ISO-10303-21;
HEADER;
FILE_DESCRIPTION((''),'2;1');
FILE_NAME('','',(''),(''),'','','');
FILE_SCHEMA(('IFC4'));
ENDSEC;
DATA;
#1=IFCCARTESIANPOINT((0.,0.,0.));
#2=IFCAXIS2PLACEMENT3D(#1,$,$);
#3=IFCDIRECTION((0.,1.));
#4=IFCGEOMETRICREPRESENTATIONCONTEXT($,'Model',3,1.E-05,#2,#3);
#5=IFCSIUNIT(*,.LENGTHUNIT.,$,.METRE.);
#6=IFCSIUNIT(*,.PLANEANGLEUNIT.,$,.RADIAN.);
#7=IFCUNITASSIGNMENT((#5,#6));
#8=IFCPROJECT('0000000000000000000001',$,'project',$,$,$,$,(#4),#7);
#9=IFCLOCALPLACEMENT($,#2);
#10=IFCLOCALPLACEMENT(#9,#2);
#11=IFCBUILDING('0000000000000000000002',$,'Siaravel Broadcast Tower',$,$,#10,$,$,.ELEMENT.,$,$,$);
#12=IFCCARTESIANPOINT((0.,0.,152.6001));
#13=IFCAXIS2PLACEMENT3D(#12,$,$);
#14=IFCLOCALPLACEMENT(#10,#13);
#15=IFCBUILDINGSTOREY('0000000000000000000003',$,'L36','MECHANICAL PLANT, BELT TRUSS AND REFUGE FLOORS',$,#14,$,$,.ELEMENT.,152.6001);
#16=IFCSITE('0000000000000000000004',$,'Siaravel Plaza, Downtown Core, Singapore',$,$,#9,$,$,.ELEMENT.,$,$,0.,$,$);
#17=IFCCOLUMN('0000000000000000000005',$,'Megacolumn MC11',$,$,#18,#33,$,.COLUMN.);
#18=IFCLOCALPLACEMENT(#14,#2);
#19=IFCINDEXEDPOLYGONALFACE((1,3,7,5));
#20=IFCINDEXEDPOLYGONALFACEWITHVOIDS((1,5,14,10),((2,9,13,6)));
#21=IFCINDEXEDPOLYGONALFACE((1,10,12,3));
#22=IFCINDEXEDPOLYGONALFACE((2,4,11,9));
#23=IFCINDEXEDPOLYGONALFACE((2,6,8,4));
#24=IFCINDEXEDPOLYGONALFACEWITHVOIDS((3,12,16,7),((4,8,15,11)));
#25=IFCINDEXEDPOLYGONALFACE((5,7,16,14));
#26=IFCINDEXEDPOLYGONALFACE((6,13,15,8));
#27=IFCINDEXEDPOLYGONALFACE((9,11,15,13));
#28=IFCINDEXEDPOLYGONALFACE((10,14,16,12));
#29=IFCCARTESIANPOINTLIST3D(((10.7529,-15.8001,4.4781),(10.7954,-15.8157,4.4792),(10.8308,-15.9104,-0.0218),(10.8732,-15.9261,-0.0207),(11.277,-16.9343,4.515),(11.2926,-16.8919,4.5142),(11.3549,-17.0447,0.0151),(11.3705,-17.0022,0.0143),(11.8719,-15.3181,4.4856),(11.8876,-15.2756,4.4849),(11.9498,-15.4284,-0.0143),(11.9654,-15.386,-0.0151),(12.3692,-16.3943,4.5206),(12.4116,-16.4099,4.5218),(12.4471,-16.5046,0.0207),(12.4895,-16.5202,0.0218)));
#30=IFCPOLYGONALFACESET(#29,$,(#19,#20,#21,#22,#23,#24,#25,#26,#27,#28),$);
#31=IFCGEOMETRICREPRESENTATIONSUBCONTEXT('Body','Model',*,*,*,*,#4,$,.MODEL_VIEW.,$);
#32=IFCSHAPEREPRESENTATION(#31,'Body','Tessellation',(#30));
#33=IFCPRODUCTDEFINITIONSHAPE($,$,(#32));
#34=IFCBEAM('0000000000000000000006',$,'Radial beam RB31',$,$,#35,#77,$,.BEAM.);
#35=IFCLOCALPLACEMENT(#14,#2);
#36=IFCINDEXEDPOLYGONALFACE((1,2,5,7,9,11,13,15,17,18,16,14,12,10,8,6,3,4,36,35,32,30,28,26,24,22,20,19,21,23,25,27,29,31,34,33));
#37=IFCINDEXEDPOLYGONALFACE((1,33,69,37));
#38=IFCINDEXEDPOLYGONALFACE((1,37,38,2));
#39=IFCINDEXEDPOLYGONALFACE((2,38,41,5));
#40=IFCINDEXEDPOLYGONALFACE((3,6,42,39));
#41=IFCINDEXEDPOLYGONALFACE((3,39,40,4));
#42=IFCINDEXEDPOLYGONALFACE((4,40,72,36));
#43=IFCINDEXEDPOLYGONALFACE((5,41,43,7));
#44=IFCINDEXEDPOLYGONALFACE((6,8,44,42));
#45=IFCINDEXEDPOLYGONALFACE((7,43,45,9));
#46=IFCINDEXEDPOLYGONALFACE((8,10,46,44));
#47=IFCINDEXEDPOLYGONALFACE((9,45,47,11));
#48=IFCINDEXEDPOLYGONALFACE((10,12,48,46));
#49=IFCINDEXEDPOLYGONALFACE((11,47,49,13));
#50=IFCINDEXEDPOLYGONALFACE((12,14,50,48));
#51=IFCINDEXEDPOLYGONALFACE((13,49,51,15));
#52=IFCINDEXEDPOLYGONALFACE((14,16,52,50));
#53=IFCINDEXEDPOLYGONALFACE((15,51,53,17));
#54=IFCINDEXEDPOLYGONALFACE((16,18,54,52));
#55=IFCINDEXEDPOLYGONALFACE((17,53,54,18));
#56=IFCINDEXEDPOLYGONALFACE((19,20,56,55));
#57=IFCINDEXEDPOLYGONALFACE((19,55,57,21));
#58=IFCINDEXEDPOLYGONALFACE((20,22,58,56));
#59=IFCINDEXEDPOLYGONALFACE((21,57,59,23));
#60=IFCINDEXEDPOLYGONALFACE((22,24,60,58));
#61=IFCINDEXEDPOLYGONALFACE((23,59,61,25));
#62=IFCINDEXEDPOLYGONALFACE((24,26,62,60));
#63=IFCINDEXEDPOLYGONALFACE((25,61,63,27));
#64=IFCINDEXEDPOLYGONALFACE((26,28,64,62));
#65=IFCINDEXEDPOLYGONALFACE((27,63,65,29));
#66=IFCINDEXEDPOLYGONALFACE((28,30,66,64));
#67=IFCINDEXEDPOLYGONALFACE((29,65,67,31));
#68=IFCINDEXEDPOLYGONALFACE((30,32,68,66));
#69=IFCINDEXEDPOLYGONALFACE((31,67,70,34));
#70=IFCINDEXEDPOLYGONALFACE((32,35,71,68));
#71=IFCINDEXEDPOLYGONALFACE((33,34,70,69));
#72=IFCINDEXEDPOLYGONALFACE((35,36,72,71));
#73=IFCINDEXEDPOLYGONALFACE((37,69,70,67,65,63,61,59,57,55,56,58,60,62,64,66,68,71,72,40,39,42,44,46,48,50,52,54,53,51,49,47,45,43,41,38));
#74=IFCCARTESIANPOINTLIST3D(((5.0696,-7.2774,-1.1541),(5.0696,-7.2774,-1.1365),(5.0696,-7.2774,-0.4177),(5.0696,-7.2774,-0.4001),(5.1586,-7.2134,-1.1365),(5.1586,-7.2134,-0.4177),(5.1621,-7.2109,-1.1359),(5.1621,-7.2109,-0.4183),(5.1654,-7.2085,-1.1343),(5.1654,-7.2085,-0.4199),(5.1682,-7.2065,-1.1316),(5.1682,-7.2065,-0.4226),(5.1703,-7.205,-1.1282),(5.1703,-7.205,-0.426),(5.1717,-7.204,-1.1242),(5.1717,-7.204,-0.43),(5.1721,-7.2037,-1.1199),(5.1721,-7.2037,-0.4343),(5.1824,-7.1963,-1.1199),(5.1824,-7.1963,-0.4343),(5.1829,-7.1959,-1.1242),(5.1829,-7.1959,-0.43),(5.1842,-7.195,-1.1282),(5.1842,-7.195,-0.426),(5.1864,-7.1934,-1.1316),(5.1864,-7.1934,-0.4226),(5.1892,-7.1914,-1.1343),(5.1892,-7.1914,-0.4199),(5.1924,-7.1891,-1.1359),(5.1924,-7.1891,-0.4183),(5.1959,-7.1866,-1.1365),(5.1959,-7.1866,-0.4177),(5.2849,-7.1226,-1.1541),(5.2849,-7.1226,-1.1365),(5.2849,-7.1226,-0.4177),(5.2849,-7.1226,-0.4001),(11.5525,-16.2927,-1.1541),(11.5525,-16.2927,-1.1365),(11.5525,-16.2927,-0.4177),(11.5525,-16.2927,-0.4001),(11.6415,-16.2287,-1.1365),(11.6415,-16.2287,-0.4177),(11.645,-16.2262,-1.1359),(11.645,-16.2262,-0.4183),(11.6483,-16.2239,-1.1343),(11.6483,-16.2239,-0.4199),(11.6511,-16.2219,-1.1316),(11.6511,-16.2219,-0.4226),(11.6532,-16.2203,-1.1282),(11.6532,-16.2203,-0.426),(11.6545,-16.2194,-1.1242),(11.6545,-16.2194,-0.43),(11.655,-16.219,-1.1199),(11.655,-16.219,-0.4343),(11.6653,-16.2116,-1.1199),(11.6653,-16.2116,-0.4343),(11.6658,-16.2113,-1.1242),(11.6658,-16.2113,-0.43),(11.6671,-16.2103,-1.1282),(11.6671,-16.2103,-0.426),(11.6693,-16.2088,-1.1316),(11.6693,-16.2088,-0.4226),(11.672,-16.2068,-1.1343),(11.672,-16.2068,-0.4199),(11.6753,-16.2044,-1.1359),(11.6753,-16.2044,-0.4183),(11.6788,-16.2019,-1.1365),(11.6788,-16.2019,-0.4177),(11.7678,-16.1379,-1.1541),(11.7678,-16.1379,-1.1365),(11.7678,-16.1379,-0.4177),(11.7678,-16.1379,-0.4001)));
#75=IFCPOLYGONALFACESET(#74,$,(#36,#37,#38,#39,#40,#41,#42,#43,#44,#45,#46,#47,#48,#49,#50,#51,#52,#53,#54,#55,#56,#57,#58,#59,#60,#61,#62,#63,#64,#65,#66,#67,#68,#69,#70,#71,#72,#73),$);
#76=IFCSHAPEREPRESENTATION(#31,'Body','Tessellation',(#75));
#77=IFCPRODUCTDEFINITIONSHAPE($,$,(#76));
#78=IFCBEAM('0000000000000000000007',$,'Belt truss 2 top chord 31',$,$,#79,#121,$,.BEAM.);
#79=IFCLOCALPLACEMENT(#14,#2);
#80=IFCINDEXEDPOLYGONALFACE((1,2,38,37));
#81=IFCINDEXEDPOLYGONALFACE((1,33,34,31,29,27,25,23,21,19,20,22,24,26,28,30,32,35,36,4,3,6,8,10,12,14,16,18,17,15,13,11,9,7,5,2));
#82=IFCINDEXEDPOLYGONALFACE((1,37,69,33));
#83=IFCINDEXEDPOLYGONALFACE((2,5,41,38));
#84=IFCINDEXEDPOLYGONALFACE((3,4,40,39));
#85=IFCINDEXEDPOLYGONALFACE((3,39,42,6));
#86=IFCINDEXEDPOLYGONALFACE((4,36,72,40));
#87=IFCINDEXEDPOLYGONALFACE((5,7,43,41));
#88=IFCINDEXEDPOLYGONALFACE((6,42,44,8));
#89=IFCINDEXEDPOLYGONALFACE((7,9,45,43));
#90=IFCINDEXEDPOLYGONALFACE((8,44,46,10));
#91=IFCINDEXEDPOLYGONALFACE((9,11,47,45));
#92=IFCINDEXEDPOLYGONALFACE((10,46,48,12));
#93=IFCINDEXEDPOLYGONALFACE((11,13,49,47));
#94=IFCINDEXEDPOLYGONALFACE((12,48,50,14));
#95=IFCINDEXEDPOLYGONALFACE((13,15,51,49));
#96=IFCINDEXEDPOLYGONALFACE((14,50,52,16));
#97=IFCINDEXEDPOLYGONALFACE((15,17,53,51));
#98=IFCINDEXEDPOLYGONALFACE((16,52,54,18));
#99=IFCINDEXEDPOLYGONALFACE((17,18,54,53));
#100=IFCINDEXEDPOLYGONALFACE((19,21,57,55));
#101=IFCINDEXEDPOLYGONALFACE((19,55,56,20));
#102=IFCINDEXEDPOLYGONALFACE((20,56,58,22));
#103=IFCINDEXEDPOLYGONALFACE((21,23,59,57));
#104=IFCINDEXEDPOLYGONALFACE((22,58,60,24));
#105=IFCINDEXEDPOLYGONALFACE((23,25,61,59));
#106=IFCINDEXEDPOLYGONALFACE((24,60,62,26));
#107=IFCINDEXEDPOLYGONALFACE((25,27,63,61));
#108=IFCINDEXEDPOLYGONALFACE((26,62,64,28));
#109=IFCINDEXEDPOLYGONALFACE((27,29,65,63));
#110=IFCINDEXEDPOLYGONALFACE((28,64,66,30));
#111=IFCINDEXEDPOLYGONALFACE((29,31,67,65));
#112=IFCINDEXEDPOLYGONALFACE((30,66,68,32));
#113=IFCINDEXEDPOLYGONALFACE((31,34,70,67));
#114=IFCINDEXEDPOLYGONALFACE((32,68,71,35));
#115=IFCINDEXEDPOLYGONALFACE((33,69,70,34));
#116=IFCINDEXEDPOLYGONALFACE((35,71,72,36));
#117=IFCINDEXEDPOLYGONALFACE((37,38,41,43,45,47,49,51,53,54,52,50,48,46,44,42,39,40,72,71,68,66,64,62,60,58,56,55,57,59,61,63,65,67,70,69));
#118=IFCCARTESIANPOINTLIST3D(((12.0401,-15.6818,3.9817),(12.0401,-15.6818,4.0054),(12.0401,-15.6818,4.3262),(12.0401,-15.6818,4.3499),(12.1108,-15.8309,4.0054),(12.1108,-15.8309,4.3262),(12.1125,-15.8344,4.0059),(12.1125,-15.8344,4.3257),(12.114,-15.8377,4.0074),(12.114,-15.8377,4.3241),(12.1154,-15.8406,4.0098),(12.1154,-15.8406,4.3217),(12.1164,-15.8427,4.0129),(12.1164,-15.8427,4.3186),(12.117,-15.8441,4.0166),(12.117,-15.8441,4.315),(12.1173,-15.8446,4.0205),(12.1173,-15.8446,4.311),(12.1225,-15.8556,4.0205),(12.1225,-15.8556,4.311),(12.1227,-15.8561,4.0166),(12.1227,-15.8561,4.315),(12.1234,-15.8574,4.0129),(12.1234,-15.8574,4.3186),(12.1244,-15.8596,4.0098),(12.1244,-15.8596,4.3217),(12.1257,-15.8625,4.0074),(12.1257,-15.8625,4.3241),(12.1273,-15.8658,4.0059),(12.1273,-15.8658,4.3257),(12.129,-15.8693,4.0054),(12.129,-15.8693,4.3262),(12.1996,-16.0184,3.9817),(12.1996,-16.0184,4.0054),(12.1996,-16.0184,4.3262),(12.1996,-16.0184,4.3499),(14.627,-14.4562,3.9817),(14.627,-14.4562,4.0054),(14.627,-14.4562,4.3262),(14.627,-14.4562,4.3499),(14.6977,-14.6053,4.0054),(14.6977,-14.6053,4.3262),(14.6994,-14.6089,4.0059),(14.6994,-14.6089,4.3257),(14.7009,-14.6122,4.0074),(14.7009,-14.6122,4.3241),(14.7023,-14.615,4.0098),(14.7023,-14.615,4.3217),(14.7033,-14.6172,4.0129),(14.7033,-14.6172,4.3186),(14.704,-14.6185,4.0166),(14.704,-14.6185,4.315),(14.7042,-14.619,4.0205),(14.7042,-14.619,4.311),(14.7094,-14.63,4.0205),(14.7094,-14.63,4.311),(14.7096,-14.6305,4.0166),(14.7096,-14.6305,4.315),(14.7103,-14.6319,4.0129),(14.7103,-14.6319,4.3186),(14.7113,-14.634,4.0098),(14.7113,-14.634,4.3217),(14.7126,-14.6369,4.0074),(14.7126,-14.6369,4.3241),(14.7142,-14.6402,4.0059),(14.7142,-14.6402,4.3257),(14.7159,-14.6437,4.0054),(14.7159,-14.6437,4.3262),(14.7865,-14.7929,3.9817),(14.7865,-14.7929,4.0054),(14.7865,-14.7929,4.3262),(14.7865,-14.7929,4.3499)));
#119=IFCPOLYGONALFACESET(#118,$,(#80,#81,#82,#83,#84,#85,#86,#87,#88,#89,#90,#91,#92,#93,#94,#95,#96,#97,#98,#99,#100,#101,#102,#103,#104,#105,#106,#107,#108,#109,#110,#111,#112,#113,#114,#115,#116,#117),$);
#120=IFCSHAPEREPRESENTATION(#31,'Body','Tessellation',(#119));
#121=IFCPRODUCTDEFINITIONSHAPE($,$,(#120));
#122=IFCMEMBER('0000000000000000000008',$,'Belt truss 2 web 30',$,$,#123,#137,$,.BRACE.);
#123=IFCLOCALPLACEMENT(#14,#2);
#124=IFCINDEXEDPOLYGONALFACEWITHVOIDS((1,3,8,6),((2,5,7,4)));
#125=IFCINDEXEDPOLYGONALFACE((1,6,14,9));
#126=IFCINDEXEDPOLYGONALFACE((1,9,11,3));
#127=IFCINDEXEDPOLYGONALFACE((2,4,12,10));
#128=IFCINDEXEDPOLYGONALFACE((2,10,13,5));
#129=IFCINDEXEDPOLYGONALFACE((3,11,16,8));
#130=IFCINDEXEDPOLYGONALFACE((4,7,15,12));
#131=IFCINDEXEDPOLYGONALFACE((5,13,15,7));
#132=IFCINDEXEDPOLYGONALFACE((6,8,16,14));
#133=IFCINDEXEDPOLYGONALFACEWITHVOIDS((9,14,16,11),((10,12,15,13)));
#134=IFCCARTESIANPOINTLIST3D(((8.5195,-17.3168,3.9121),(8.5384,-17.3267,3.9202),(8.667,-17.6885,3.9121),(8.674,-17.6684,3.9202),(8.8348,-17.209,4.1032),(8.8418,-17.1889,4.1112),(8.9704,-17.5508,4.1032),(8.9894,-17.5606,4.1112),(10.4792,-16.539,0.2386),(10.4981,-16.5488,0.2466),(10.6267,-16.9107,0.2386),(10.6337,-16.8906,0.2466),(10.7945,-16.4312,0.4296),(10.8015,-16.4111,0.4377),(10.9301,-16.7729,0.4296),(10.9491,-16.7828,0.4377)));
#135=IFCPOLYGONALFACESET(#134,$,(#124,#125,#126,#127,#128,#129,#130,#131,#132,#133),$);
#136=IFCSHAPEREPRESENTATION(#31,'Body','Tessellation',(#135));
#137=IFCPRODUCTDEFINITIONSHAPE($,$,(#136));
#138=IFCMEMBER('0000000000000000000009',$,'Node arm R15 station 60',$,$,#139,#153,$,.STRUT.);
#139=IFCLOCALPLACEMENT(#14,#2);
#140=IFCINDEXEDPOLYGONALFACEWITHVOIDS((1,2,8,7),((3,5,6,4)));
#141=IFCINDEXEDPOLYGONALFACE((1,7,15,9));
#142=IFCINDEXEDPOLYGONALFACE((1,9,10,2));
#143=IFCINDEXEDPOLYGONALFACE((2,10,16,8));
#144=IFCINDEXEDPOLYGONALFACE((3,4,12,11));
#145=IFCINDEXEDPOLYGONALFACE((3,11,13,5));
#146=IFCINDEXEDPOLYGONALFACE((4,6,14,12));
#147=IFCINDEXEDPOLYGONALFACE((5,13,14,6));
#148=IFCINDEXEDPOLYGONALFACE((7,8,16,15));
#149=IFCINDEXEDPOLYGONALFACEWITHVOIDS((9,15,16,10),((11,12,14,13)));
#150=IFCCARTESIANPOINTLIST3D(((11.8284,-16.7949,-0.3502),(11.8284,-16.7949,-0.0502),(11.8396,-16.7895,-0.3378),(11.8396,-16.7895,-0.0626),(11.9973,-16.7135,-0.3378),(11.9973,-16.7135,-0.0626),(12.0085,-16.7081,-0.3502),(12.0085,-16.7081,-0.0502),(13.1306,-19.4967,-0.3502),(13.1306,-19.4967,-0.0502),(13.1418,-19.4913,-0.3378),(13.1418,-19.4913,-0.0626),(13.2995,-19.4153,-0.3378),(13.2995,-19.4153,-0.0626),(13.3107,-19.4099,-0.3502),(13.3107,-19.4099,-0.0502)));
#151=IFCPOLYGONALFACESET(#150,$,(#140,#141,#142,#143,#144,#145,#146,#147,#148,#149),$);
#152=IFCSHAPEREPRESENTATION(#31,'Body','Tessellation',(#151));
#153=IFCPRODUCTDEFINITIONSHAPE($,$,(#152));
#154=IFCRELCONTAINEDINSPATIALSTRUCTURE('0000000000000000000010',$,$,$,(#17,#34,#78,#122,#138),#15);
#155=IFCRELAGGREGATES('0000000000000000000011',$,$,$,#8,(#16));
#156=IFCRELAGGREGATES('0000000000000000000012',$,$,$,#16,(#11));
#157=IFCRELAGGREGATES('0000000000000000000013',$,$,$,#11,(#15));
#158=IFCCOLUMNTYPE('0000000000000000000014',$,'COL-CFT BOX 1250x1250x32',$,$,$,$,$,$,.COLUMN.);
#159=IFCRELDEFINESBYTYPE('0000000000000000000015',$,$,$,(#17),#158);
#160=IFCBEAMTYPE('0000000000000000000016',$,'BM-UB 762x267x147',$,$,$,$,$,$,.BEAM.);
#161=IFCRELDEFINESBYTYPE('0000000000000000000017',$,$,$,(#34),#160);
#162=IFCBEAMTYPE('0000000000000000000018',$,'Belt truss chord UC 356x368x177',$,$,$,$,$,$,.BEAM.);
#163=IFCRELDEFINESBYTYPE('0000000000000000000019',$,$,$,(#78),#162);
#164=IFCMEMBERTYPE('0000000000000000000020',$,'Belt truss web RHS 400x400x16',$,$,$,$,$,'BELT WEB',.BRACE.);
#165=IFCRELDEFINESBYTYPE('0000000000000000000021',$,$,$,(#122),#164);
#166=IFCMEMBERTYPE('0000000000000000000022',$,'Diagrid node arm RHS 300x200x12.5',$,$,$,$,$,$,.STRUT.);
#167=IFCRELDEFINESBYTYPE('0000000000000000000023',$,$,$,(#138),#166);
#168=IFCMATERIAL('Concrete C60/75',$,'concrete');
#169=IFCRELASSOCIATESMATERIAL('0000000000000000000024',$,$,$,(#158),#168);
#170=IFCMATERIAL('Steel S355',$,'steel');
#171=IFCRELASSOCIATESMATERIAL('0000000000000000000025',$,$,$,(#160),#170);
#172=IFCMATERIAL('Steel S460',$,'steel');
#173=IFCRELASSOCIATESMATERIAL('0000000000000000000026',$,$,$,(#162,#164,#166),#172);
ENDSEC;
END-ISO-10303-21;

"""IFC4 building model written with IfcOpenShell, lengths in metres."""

from ifc_helpers import new_model, si_unit, direction, frame, origin, origin_2d, place, context, subcontext, project, spatial, hollow_rectangle, i_section, extrude, material, material_profile, profile_set, type_object, element, save


model = new_model("IFC4")

# Units and contexts
model_context = context("Model", 3, precision=1e-05, world=origin(), true_north=direction((0.0, 1.0)))
body_context = subcontext(model_context, "Body", "Model", "MODEL_VIEW")
ifc_project = project(units=[si_unit("LENGTHUNIT", "METRE"), si_unit("PLANEANGLEUNIT", "RADIAN")], contexts=[model_context])

# Site, building, storey
site_placement = place(None, origin())
site = spatial("IfcSite", under=ifc_project, at=site_placement, Name="Siaravel Plaza, Downtown Core, Singapore", CompositionType="ELEMENT", RefElevation=0.0)
building_placement = place(site_placement, origin())
building = spatial("IfcBuilding", under=site, at=building_placement, Name="Siaravel Broadcast Tower", CompositionType="ELEMENT")
storey_placement = place(building_placement, frame((0.0, 0.0, 152.6001)))
storey = spatial("IfcBuildingStorey", under=building, at=storey_placement, Name="L36", Description="MECHANICAL PLANT, BELT TRUSS AND REFUGE FLOORS", CompositionType="ELEMENT", Elevation=152.6001)

# Column
ifc_material_1 = material(Name="Concrete C60/75", Category="concrete")
ifc_material_profile_1 = material_profile(ifc_material_1, hollow_rectangle(XDim=1.25, YDim=1.25, WallThickness=0.032, at=origin_2d()))
ifc_profile_set_1 = profile_set([ifc_material_profile_1], Name="Concrete C60/75")
column_type = type_object("IfcColumnType", Name="COL-CFT BOX 1250x1250x32", PredefinedType="COLUMN", material=ifc_profile_set_1)
column_placement = place(storey_placement, frame((11.6602, -16.2153, 0.0), z_axis=(-0.017299, 0.024512, 0.99955), x_axis=(-0.907704, -0.419576, -0.00542)))
element("IfcColumn", 1, at=column_placement, inside=storey, type_object=column_type, Name="Megacolumn MC11", PredefinedType="COLUMN", context=body_context, shape_type="SweptSolid", body=[
    extrude(hollow_rectangle(XDim=1.25, YDim=1.25, WallThickness=0.032, at=origin_2d()), origin(), (0.0, 0.0, 1.0), 4.502),
])

# Beams
ifc_material_2 = material(Name="Steel S355", Category="steel")
ifc_material_profile_2 = material_profile(ifc_material_2, i_section(OverallWidth=0.2651, OverallDepth=0.7539, WebThickness=0.0127, FlangeThickness=0.0176, FilletRadius=0.0166, at=origin_2d()))
ifc_profile_set_2 = profile_set([ifc_material_profile_2], Name="Steel S355")
beam_type_1 = type_object("IfcBeamType", Name="BM-UB 762x267x147", PredefinedType="BEAM", material=ifc_profile_set_2)
beam_1_placement = place(storey_placement, frame((11.6602, -16.2153, -0.7771), z_axis=(-0.58382, 0.811883, 0.0), x_axis=(-0.811883, -0.58382, 0.0)))
element("IfcBeam", 2, at=beam_1_placement, inside=storey, type_object=beam_type_1, Name="Radial beam RB31", PredefinedType="BEAM", context=body_context, shape_type="SweptSolid", body=[
    extrude(i_section(OverallWidth=0.2651, OverallDepth=0.7539, WebThickness=0.0127, FlangeThickness=0.0176, FilletRadius=0.0166, at=origin_2d()), origin(), (0.0, 0.0, 1.0), 11.1042),
])
ifc_material_3 = material(Name="Steel S460", Category="steel")
ifc_material_profile_3 = material_profile(ifc_material_3, i_section(OverallWidth=0.3726, OverallDepth=0.3682, WebThickness=0.0122, FlangeThickness=0.0237, FilletRadius=0.0151, at=origin_2d()))
ifc_profile_set_3 = profile_set([ifc_material_profile_3], Name="Steel S460")
beam_type_2 = type_object("IfcBeamType", Name="Belt truss chord UC 356x368x177", PredefinedType="BEAM", material=ifc_profile_set_3)
beam_2_placement = place(storey_placement, frame((12.1199, -15.8501, 4.1658), z_axis=(0.90371, 0.428145, 0.0), x_axis=(-0.428145, 0.90371, 0.0)))
element("IfcBeam", 3, at=beam_2_placement, inside=storey, type_object=beam_type_2, Name="Belt truss 2 top chord 31", PredefinedType="BEAM", context=body_context, shape_type="SweptSolid", body=[
    extrude(i_section(OverallWidth=0.3726, OverallDepth=0.3682, WebThickness=0.0122, FlangeThickness=0.0237, FilletRadius=0.0151, at=origin_2d()), origin(), (0.0, 0.0, 1.0), 2.8625),
])

# Members
ifc_material_profile_4 = material_profile(ifc_material_3, hollow_rectangle(XDim=0.3999, YDim=0.3999, WallThickness=0.0161, at=origin_2d()))
ifc_profile_set_4 = profile_set([ifc_material_profile_4], Name="Steel S460")
member_type_1 = type_object("IfcMemberType", Name="Belt truss web RHS 400x400x16", ElementType="BELT WEB", PredefinedType="BRACE", material=ifc_profile_set_4)
member_1_placement = place(storey_placement, frame((10.7141, -16.6609, 0.3381), z_axis=(-0.462672, -0.183639, 0.867301), x_axis=(0.368914, -0.929464, 0.0)))
element("IfcMember", 4, at=member_1_placement, inside=storey, type_object=member_type_1, Name="Belt truss 2 web 30", PredefinedType="BRACE", context=body_context, shape_type="SweptSolid", body=[
    extrude(hollow_rectangle(XDim=0.3999, YDim=0.3999, WallThickness=0.0161, at=origin_2d()), origin(), (0.0, 0.0, 1.0), 4.2356),
])
ifc_material_profile_5 = material_profile(ifc_material_3, hollow_rectangle(XDim=0.2, YDim=0.3, WallThickness=0.0125, at=origin_2d()))
ifc_profile_set_5 = profile_set([ifc_material_profile_5], Name="Steel S460")
member_type_2 = type_object("IfcMemberType", Name="Diagrid node arm RHS 300x200x12.5", PredefinedType="STRUT", material=ifc_profile_set_5)
member_2_placement = place(storey_placement, frame((11.9185, -16.7515, -0.2002), z_axis=(0.434175, -0.900828, 0.0), x_axis=(0.900828, 0.434175, 0.0)))
element("IfcMember", 5, at=member_2_placement, inside=storey, type_object=member_type_2, Name="Node arm R15 station 60", PredefinedType="STRUT", context=body_context, shape_type="SweptSolid", body=[
    extrude(hollow_rectangle(XDim=0.2, YDim=0.3, WallThickness=0.0125, at=origin_2d()), origin(), (0.0, 0.0, 1.0), 2.9993),
])

save(model, "model.ifc")
